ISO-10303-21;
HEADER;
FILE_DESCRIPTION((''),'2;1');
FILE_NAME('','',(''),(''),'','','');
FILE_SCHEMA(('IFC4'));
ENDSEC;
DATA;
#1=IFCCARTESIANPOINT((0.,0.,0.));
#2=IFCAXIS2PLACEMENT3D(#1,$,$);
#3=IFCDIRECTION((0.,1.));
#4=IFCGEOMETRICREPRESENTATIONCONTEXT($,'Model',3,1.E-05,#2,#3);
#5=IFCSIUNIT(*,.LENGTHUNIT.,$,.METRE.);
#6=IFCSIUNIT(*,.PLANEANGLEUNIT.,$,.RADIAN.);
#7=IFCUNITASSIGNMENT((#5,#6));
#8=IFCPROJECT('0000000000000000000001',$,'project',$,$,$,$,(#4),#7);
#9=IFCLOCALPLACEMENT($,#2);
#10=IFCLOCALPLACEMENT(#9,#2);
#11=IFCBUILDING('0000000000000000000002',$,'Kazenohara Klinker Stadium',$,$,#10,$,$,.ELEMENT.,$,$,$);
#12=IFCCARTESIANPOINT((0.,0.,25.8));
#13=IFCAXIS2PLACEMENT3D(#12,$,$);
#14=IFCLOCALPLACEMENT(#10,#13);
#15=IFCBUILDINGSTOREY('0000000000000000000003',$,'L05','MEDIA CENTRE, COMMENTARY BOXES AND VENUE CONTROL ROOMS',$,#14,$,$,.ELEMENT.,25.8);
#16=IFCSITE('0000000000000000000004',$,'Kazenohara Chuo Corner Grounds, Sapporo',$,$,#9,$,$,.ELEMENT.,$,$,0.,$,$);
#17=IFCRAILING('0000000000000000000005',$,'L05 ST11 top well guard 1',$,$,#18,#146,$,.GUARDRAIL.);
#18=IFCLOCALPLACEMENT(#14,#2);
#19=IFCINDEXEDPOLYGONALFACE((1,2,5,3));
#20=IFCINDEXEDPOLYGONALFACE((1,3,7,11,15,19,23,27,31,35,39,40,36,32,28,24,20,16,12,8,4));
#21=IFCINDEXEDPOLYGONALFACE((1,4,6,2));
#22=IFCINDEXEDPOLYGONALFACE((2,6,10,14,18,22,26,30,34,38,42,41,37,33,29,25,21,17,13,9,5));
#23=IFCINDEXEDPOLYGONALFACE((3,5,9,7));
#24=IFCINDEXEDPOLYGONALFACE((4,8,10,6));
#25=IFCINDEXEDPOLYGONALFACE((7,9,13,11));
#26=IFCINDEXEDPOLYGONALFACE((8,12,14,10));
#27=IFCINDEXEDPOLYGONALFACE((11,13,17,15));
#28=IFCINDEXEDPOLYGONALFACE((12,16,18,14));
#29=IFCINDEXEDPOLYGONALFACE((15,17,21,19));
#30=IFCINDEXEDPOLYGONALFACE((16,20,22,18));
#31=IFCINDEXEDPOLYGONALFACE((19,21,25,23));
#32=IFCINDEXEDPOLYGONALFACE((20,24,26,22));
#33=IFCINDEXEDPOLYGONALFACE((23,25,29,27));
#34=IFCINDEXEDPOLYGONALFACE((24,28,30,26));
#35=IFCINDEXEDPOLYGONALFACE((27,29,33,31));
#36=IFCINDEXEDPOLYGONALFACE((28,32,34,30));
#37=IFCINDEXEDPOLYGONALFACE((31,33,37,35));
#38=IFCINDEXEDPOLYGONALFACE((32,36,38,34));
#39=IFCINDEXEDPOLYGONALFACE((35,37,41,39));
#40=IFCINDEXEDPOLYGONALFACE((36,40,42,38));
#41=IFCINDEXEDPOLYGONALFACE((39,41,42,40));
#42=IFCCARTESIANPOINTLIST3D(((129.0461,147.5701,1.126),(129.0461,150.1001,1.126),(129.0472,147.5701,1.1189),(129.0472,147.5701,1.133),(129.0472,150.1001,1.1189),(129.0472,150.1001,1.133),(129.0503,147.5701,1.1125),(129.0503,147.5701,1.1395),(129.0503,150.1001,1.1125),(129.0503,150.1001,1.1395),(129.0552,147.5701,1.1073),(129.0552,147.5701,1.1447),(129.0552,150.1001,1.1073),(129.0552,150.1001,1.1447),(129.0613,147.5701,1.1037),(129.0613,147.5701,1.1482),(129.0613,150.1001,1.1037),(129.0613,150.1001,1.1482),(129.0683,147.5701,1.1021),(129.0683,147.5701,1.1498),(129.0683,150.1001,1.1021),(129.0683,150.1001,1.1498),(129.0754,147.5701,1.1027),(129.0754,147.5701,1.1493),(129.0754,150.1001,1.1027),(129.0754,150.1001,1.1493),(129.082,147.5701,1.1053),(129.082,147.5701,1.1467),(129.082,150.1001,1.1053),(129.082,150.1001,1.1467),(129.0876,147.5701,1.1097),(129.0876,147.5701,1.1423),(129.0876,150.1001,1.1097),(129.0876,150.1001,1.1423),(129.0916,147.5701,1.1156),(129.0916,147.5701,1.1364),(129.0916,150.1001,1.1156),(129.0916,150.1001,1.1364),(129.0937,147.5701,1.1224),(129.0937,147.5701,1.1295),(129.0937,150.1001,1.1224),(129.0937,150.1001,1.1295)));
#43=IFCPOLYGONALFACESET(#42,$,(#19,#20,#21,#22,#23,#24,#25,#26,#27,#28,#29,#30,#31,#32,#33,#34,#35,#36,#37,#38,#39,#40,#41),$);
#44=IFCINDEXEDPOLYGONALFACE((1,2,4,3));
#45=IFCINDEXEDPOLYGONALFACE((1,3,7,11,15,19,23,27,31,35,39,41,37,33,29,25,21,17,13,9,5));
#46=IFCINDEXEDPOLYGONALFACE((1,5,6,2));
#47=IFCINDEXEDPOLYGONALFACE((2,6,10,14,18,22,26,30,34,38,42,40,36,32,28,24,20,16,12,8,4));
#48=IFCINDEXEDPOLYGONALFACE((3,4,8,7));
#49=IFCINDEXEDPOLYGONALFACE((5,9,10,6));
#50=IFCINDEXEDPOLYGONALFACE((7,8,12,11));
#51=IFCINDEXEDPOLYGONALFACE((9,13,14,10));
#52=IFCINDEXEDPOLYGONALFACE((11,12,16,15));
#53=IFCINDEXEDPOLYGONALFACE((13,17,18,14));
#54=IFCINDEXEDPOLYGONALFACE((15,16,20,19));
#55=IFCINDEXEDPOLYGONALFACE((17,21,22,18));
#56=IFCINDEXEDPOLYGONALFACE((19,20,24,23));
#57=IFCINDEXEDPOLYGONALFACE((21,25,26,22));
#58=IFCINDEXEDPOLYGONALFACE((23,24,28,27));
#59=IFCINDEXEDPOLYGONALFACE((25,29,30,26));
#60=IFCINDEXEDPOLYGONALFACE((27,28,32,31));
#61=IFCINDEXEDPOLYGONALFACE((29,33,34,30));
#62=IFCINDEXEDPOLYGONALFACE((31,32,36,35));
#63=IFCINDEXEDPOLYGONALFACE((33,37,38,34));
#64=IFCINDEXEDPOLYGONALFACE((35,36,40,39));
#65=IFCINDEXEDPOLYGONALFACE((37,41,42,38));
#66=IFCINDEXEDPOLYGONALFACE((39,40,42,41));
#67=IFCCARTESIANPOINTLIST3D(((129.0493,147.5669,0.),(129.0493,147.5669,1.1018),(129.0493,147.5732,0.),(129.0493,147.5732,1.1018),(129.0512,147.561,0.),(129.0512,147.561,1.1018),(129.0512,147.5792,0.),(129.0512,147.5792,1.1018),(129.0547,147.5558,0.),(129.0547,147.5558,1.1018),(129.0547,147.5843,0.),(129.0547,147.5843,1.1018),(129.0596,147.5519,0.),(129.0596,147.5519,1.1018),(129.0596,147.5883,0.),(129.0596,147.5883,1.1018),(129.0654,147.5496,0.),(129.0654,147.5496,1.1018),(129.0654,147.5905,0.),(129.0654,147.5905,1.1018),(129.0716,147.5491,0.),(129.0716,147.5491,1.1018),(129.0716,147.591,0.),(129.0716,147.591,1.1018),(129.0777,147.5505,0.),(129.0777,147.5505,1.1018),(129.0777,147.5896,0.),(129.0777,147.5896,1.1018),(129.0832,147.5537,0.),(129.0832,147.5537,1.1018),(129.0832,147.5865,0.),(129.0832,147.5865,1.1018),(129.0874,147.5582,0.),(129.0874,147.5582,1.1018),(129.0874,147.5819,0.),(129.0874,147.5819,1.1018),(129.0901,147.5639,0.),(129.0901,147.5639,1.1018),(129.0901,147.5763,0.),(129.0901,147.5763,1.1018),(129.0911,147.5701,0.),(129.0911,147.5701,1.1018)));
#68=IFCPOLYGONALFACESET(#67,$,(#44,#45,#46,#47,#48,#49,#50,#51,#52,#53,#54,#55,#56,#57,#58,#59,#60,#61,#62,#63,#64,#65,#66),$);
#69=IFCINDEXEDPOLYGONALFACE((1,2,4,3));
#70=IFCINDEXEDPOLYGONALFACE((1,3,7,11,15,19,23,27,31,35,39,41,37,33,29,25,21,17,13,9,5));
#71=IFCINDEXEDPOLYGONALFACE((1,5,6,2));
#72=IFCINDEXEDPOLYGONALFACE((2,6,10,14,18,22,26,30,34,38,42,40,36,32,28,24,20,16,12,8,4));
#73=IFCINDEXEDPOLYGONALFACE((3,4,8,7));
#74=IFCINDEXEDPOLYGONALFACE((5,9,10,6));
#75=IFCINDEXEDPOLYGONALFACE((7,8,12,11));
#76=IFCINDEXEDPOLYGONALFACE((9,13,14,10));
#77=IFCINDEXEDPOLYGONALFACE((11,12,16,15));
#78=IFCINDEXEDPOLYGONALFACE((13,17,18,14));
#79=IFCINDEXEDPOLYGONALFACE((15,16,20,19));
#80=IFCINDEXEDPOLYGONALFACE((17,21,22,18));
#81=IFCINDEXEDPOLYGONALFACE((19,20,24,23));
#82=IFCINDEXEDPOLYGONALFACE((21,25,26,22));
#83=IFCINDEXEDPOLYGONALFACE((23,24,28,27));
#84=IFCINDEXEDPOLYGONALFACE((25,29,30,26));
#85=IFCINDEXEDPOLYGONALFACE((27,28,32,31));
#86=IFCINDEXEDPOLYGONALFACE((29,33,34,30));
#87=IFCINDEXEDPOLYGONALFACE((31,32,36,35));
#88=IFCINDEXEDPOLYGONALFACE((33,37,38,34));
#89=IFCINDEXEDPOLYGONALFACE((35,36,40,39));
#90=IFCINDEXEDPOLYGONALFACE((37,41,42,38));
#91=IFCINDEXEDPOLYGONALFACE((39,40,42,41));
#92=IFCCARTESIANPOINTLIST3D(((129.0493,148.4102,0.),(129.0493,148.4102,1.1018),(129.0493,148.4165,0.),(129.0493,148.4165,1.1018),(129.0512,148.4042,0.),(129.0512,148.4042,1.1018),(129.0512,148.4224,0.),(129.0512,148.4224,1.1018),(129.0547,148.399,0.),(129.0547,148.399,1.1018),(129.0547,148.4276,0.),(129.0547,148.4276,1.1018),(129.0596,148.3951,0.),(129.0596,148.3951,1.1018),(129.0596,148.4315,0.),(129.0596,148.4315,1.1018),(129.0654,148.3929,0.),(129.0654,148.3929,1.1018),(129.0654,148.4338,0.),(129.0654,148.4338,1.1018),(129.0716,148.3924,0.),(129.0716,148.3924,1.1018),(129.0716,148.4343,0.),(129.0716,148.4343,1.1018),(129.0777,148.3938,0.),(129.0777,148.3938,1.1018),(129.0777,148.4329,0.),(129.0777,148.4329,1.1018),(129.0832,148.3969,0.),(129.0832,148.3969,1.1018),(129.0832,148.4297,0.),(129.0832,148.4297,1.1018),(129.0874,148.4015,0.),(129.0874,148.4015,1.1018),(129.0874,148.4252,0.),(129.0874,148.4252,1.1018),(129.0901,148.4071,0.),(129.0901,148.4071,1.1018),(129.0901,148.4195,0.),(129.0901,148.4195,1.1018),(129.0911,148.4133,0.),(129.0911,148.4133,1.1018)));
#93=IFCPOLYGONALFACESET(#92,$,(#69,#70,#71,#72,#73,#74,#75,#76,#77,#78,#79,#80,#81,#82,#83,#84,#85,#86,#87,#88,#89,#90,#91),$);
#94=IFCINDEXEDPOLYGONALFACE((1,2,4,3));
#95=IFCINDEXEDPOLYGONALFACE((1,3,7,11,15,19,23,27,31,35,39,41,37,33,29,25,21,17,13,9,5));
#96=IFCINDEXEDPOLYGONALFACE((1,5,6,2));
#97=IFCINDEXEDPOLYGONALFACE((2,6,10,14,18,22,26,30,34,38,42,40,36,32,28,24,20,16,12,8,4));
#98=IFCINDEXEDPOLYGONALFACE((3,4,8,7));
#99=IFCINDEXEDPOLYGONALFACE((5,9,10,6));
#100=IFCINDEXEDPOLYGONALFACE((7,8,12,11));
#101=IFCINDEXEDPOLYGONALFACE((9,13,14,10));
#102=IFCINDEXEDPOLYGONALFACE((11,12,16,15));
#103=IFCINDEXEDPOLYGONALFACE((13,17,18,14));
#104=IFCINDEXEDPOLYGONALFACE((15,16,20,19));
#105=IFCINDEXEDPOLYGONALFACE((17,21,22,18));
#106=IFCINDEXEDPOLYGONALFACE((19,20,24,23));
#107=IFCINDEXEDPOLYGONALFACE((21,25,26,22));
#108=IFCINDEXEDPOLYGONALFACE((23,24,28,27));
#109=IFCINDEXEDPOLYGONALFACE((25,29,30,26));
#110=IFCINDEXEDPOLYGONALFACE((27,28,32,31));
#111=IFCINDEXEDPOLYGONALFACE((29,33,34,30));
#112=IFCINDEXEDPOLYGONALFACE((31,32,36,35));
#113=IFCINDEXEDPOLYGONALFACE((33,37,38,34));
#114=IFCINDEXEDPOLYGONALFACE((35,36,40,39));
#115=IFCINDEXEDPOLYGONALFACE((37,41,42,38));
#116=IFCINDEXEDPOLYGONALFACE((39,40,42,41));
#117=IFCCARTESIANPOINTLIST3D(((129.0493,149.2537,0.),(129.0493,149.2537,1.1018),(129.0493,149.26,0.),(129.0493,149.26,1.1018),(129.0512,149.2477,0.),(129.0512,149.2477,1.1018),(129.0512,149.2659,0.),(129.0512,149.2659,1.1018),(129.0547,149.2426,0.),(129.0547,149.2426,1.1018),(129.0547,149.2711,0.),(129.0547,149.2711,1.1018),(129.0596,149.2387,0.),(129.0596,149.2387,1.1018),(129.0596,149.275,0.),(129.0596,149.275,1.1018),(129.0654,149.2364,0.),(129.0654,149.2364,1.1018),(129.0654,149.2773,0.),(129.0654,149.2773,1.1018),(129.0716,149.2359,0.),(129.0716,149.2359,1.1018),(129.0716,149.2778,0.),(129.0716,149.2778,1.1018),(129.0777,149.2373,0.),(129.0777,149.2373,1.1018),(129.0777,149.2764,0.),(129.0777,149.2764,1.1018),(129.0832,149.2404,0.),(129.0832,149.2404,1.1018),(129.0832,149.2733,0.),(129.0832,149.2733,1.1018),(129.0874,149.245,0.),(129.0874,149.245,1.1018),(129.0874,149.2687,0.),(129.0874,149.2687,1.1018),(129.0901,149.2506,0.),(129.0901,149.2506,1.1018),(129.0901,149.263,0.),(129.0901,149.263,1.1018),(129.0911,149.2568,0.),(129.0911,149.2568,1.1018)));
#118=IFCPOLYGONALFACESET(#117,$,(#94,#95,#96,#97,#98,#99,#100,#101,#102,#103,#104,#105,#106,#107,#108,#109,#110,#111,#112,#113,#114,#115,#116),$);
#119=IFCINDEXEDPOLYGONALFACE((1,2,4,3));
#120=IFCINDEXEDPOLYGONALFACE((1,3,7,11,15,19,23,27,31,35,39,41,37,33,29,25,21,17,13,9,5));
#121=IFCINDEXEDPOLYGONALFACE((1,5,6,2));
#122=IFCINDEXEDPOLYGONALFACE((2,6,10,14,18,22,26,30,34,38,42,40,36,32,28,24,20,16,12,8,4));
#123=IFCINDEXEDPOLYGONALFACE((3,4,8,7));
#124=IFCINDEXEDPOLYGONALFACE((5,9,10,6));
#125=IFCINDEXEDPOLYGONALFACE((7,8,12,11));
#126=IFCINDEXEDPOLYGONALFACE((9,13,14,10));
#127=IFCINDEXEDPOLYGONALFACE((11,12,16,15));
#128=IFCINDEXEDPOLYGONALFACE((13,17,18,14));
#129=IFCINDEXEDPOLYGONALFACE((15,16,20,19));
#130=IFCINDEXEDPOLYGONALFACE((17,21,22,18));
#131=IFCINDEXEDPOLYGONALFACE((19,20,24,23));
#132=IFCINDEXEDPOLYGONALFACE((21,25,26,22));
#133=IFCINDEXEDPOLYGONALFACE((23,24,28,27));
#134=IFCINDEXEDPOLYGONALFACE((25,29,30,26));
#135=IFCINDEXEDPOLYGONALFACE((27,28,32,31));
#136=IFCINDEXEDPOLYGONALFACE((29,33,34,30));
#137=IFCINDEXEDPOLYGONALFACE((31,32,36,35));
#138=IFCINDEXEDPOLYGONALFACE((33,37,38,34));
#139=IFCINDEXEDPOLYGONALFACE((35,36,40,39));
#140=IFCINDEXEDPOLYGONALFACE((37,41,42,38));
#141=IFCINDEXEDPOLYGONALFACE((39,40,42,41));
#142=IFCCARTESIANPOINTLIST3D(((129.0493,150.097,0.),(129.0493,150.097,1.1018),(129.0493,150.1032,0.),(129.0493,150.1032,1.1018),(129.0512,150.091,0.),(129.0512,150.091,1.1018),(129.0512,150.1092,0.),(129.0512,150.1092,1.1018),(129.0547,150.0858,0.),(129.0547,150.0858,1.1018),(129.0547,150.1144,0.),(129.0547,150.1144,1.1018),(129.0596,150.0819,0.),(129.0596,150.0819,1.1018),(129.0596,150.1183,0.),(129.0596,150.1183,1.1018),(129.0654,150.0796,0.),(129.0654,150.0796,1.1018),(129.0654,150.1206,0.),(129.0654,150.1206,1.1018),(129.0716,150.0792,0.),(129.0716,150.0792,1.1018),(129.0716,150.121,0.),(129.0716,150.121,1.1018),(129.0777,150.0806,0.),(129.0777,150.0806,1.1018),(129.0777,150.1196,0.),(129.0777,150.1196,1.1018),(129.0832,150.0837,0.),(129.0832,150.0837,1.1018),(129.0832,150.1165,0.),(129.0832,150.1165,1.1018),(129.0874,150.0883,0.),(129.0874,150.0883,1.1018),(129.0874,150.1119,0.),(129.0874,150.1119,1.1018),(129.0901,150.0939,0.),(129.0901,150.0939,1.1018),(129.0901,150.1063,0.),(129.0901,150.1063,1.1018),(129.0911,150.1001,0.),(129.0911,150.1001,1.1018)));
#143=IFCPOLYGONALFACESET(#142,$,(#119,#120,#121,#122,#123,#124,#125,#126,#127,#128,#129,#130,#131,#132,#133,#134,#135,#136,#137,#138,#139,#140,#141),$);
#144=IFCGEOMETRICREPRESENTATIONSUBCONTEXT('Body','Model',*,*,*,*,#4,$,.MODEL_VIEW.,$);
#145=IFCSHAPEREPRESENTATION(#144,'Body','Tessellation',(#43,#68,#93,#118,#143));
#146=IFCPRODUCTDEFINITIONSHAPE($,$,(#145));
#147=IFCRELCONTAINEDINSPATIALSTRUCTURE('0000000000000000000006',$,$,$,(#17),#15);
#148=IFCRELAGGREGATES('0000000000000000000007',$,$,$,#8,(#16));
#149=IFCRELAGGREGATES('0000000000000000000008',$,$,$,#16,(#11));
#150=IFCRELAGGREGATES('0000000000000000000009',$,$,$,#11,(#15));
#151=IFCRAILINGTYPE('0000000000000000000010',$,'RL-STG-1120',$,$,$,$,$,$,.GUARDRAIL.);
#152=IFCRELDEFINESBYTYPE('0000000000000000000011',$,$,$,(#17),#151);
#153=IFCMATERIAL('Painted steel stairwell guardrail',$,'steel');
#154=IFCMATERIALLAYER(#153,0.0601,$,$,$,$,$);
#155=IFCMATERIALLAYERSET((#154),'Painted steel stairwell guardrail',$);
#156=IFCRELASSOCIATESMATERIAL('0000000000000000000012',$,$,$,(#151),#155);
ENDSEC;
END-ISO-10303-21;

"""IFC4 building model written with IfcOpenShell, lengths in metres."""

from ifc_helpers import new_model, si_unit, direction, frame, origin, origin_2d, place, context, subcontext, project, spatial, circle, extrude, material, layer, layer_set, type_object, element, save


model = new_model("IFC4")

# Units and contexts
model_context = context("Model", 3, precision=1e-05, world=origin(), true_north=direction((0.0, 1.0)))
body_context = subcontext(model_context, "Body", "Model", "MODEL_VIEW")
ifc_project = project(units=[si_unit("LENGTHUNIT", "METRE"), si_unit("PLANEANGLEUNIT", "RADIAN")], contexts=[model_context])

# Site, building, storey
site_placement = place(None, origin())
site = spatial("IfcSite", under=ifc_project, at=site_placement, Name="Kazenohara Chuo Corner Grounds, Sapporo", CompositionType="ELEMENT", RefElevation=0.0)
building_placement = place(site_placement, origin())
building = spatial("IfcBuilding", under=site, at=building_placement, Name="Kazenohara Klinker Stadium", CompositionType="ELEMENT")
storey_placement = place(building_placement, frame((0.0, 0.0, 25.8)))
storey = spatial("IfcBuildingStorey", under=building, at=storey_placement, Name="L05", Description="MEDIA CENTRE, COMMENTARY BOXES AND VENUE CONTROL ROOMS", CompositionType="ELEMENT", Elevation=25.8)

# Railing
ifc_material_1 = material(Name="Painted steel stairwell guardrail", Category="steel")
ifc_layer_1 = layer(ifc_material_1, 0.0601)
ifc_layer_set_1 = layer_set([ifc_layer_1], Name="Painted steel stairwell guardrail")
railing_type = type_object("IfcRailingType", Name="RL-STG-1120", PredefinedType="GUARDRAIL", material=ifc_layer_set_1)
railing_placement = place(storey_placement, frame((129.0701, 147.5701, 0.0)))
element("IfcRailing", 1, at=railing_placement, inside=storey, type_object=railing_type, Name="L05 ST11 top well guard 1", PredefinedType="GUARDRAIL", context=body_context, shape_type="SweptSolid", body=[
    extrude(circle(Radius=0.0239, at=origin_2d()), frame((0.0, 0.0, 1.126), z_axis=(0.0, 1.0, 0.0), x_axis=(-1.0, 0.0, 0.0)), (0.0, 0.0, 1.0), 2.53),
    extrude(circle(Radius=0.021, at=origin_2d()), origin(), (0.0, 0.0, 1.0), 1.1018),
    extrude(circle(Radius=0.021, at=origin_2d()), frame((0.0, 0.8433, 0.0)), (0.0, 0.0, 1.0), 1.1018),
    extrude(circle(Radius=0.021, at=origin_2d()), frame((0.0, 1.6868, 0.0)), (0.0, 0.0, 1.0), 1.1018),
    extrude(circle(Radius=0.021, at=origin_2d()), frame((0.0, 2.53, 0.0)), (0.0, 0.0, 1.0), 1.1018),
])

save(model, "model.ifc")
